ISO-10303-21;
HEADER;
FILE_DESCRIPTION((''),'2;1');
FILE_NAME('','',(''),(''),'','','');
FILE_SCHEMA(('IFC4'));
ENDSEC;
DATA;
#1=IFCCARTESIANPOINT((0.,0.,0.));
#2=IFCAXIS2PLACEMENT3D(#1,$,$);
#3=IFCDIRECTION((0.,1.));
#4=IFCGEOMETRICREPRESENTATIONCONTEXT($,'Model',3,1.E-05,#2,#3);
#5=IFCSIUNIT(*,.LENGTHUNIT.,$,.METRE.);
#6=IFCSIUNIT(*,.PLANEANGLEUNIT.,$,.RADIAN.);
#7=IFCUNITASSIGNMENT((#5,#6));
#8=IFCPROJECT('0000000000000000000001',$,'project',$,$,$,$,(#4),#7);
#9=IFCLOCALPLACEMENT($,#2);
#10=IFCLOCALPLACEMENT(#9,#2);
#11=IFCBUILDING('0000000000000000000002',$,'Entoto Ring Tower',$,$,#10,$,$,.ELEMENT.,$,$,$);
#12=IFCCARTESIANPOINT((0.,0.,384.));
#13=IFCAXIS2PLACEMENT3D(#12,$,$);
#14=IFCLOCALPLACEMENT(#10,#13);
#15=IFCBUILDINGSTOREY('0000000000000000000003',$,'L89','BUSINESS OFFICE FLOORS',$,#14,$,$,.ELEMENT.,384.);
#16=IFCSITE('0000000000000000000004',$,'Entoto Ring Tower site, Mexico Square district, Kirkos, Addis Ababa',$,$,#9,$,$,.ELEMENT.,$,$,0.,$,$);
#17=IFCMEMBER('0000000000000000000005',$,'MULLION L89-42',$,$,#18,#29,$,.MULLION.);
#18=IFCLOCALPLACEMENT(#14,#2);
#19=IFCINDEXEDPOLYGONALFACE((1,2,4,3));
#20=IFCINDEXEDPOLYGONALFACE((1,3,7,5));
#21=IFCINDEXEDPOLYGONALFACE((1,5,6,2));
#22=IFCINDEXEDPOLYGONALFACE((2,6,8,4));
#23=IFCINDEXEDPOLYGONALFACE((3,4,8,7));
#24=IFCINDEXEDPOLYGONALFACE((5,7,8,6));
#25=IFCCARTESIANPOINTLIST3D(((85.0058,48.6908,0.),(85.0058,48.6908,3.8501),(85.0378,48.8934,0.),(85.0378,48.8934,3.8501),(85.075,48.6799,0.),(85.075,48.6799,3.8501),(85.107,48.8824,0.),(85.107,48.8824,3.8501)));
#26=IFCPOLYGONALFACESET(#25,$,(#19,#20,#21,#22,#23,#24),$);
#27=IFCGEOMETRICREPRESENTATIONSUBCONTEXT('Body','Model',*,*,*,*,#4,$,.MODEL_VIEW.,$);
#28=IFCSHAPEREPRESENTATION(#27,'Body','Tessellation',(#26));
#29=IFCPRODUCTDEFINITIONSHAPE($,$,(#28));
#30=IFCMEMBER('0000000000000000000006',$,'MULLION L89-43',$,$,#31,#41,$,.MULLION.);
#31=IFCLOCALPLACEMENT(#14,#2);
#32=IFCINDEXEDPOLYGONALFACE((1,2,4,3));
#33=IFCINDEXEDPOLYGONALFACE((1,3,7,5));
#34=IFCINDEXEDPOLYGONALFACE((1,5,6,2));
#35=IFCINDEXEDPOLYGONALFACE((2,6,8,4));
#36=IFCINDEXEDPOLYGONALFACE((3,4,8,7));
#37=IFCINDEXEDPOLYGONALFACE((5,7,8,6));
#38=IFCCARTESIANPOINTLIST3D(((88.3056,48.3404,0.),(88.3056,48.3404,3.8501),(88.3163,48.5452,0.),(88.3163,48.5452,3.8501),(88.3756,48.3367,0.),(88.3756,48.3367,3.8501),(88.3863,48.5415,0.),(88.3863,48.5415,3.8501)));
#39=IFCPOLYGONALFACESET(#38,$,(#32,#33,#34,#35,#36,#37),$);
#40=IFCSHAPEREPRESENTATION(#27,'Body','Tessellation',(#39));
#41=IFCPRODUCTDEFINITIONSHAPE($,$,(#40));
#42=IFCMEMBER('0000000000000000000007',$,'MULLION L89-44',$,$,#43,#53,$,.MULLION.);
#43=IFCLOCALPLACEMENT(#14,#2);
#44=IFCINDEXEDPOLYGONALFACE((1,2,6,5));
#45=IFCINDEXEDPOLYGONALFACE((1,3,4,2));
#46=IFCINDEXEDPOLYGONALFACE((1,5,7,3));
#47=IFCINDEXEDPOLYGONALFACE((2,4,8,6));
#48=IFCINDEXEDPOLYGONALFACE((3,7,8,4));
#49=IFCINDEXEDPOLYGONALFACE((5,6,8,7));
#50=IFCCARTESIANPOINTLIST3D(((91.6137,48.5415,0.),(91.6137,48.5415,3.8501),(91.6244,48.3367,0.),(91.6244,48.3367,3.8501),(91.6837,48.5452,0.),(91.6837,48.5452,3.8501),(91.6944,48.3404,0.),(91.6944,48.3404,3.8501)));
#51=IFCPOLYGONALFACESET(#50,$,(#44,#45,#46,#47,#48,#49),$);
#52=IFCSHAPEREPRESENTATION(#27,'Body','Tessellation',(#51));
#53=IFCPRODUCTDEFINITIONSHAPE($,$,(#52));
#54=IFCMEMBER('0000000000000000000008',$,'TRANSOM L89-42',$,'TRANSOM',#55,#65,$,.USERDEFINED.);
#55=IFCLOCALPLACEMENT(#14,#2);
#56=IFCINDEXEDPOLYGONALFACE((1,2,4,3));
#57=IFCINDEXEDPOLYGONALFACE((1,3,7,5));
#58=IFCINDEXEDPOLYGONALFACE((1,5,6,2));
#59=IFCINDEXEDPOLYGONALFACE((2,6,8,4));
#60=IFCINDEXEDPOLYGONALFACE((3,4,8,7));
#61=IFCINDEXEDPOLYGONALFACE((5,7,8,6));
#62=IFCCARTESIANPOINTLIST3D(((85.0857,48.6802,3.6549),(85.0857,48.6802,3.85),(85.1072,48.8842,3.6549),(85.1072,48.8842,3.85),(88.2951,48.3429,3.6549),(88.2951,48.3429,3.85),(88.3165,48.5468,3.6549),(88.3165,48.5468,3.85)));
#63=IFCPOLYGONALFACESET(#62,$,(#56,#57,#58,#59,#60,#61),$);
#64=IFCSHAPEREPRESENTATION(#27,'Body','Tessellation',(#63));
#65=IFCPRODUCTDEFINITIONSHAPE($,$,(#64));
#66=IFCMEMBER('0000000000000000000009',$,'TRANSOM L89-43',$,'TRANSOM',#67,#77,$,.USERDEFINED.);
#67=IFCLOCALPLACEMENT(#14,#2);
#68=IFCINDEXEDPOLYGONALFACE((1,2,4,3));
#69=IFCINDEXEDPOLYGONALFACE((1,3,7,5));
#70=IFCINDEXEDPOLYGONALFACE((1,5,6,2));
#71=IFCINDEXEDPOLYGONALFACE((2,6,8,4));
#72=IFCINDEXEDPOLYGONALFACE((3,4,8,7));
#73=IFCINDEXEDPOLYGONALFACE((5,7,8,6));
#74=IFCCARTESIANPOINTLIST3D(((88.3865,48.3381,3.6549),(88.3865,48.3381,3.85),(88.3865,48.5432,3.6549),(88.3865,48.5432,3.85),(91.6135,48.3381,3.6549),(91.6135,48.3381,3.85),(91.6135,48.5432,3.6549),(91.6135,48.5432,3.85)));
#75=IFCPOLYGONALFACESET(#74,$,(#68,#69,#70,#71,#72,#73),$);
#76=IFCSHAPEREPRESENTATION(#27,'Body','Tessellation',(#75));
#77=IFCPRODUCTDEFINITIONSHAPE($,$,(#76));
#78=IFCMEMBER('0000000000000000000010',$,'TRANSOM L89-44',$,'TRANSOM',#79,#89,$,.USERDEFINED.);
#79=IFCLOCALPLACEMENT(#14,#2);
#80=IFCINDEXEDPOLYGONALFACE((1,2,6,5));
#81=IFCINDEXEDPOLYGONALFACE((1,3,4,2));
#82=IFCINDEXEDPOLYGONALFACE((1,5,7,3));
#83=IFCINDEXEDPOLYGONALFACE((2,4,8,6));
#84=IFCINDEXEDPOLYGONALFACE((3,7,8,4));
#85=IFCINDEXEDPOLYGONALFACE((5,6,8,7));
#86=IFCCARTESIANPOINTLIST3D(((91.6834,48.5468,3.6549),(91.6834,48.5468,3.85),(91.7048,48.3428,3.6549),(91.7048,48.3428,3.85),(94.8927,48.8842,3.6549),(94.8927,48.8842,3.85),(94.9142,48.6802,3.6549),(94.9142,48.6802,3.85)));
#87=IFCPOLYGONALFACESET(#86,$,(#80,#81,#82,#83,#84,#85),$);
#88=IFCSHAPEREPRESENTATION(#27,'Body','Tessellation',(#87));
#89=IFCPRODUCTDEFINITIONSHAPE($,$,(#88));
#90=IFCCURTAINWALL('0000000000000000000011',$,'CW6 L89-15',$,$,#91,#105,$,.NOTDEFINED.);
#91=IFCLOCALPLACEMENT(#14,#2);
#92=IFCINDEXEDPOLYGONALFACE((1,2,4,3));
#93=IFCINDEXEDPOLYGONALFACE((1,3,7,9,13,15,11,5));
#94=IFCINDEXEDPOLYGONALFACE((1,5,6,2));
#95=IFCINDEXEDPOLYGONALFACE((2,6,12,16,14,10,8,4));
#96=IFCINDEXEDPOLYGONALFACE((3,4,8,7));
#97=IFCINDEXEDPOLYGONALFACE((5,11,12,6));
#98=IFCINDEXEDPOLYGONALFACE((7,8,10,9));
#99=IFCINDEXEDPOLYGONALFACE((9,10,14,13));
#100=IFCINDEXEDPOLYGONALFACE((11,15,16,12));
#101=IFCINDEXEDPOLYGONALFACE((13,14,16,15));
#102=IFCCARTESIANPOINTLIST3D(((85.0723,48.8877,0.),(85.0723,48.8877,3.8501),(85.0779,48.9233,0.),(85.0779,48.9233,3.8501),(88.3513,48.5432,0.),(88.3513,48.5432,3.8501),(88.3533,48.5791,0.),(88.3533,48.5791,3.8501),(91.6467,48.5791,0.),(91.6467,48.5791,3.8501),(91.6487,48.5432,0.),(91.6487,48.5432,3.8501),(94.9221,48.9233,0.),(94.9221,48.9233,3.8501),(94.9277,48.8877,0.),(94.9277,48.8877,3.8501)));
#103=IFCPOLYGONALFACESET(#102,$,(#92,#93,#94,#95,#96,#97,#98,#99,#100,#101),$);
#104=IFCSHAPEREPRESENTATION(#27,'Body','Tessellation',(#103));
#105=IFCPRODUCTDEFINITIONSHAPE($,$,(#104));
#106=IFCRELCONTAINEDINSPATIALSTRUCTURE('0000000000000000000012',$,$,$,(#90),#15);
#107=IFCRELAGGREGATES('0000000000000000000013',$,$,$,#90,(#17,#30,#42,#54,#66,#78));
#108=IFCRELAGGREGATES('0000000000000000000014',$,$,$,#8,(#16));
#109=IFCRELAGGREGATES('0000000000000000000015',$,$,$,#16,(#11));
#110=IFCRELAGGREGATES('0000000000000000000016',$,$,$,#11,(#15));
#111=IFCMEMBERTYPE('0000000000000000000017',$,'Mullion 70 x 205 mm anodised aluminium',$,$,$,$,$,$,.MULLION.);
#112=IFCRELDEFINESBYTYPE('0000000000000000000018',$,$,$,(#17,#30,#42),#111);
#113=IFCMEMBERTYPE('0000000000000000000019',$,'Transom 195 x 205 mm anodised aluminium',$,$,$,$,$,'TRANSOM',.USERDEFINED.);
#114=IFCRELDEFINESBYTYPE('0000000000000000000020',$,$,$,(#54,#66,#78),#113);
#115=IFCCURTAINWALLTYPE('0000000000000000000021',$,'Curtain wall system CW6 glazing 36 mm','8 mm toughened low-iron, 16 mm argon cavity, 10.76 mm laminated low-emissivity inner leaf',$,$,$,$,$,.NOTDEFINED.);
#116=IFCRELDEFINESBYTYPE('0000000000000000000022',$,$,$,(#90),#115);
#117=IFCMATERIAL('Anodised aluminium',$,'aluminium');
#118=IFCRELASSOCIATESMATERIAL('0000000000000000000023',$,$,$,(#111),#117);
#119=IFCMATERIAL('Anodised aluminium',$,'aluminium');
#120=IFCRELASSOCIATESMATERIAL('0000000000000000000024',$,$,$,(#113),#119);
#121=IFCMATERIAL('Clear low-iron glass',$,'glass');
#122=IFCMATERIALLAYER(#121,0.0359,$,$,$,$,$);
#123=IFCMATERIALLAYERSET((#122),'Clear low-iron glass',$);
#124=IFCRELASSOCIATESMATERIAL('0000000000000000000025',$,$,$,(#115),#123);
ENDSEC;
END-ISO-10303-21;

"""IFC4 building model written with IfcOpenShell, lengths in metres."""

from ifc_helpers import new_model, si_unit, direction, frame, origin, origin_2d, place, context, subcontext, project, spatial, polyline, rectangle, outline, extrude, material, layer, layer_set, material_profile, profile_set, type_object, element, aggregate, save


model = new_model("IFC4")

# Units and contexts
model_context = context("Model", 3, precision=1e-05, world=origin(), true_north=direction((0.0, 1.0)))
body_context = subcontext(model_context, "Body", "Model", "MODEL_VIEW")
ifc_project = project(units=[si_unit("LENGTHUNIT", "METRE"), si_unit("PLANEANGLEUNIT", "RADIAN")], contexts=[model_context])

# Members
ifc_material_1 = material(Name="Anodised aluminium", Category="aluminium")
ifc_material_profile_1 = material_profile(ifc_material_1, rectangle(XDim=0.0701, YDim=0.2051, at=origin_2d()), Name="Mullion 70 x 205 mm anodised aluminium")
ifc_profile_set_1 = profile_set([ifc_material_profile_1], Name="Anodised aluminium")
member_type_1 = type_object("IfcMemberType", Name="Mullion 70 x 205 mm anodised aluminium", PredefinedType="MULLION", material=ifc_profile_set_1)
site_placement = place(None, origin())
building_placement = place(site_placement, origin())
storey_placement = place(building_placement, frame((0.0, 0.0, 384.0)))
member_1_placement = place(storey_placement, frame((85.0564, 48.7866, 0.0), z_axis=(0.0, 0.0, 1.0), x_axis=(0.987688, -0.156434, 0.0)))
member_1 = element("IfcMember", 1, at=member_1_placement, type_object=member_type_1, Name="MULLION L89-42", PredefinedType="MULLION", context=body_context, shape_type="SweptSolid", body=[
    extrude(rectangle(XDim=0.0701, YDim=0.2051, at=origin_2d()), origin(), (0.0, 0.0, 1.0), 3.8501),
])
member_2_placement = place(storey_placement, frame((88.3459, 48.4409, 0.0), z_axis=(0.0, 0.0, 1.0), x_axis=(0.99863, -0.052336, 0.0)))
member_2 = element("IfcMember", 2, at=member_2_placement, type_object=member_type_1, Name="MULLION L89-43", PredefinedType="MULLION", context=body_context, shape_type="SweptSolid", body=[
    extrude(rectangle(XDim=0.0701, YDim=0.2051, at=origin_2d()), origin(), (0.0, 0.0, 1.0), 3.8501),
])
member_3_placement = place(storey_placement, frame((91.6541, 48.4409, 0.0), z_axis=(0.0, 0.0, 1.0), x_axis=(0.99863, 0.052336, 0.0)))
member_3 = element("IfcMember", 3, at=member_3_placement, type_object=member_type_1, Name="MULLION L89-44", PredefinedType="MULLION", context=body_context, shape_type="SweptSolid", body=[
    extrude(rectangle(XDim=0.0701, YDim=0.2051, at=origin_2d()), origin(), (0.0, 0.0, 1.0), 3.8501),
])
ifc_material_2 = material(Name="Anodised aluminium", Category="aluminium")
ifc_material_profile_2 = material_profile(ifc_material_2, rectangle(XDim=0.2051, YDim=0.1951, at=origin_2d()), Name="Transom 195 x 205 mm anodised aluminium")
ifc_profile_set_2 = profile_set([ifc_material_profile_2], Name="Anodised aluminium")
member_type_2 = type_object("IfcMemberType", Name="Transom 195 x 205 mm anodised aluminium", ElementType="TRANSOM", PredefinedType="USERDEFINED", material=ifc_profile_set_2)
member_4_placement = place(storey_placement, frame((85.0964, 48.7822, 3.7524), z_axis=(0.99452, -0.104551, 0.0), x_axis=(0.104551, 0.99452, 0.0)))
member_4 = element("IfcMember", 4, at=member_4_placement, type_object=member_type_2, Name="TRANSOM L89-42", ObjectType="TRANSOM", PredefinedType="USERDEFINED", context=body_context, shape_type="SweptSolid", body=[
    extrude(rectangle(XDim=0.2051, YDim=0.1951, at=origin_2d()), origin(), (0.0, 0.0, 1.0), 3.2271),
])
member_5_placement = place(storey_placement, frame((88.3865, 48.4407, 3.7524), z_axis=(1.0, 0.0, 0.0), x_axis=(0.0, 1.0, 0.0)))
member_5 = element("IfcMember", 5, at=member_5_placement, type_object=member_type_2, Name="TRANSOM L89-43", ObjectType="TRANSOM", PredefinedType="USERDEFINED", context=body_context, shape_type="SweptSolid", body=[
    extrude(rectangle(XDim=0.2051, YDim=0.1951, at=origin_2d()), origin(), (0.0, 0.0, 1.0), 3.2271),
])
member_6_placement = place(storey_placement, frame((91.6941, 48.4448, 3.7524), z_axis=(0.99452, 0.104551, 0.0), x_axis=(-0.104551, 0.99452, 0.0)))
member_6 = element("IfcMember", 6, at=member_6_placement, type_object=member_type_2, Name="TRANSOM L89-44", ObjectType="TRANSOM", PredefinedType="USERDEFINED", context=body_context, shape_type="SweptSolid", body=[
    extrude(rectangle(XDim=0.2051, YDim=0.1951, at=origin_2d()), origin(), (0.0, 0.0, 1.0), 3.2271),
])

# Site, building, storey
site = spatial("IfcSite", under=ifc_project, at=site_placement, Name="Entoto Ring Tower site, Mexico Square district, Kirkos, Addis Ababa", CompositionType="ELEMENT", RefElevation=0.0)
building = spatial("IfcBuilding", under=site, at=building_placement, Name="Entoto Ring Tower", CompositionType="ELEMENT")
storey = spatial("IfcBuildingStorey", under=building, at=storey_placement, Name="L89", Description="BUSINESS OFFICE FLOORS", CompositionType="ELEMENT", Elevation=384.0)

# Curtain wall
ifc_material_3 = material(Name="Clear low-iron glass", Category="glass")
ifc_layer = layer(ifc_material_3, 0.0359)
ifc_layer_set = layer_set([ifc_layer], Name="Clear low-iron glass")
curtain_wall_type = type_object("IfcCurtainWallType", Name="Curtain wall system CW6 glazing 36 mm", Description="8 mm toughened low-iron, 16 mm argon cavity, 10.76 mm laminated low-emissivity inner leaf", PredefinedType="NOTDEFINED", material=ifc_layer_set)
curtain_wall_1_placement = place(storey_placement, origin())
curtain_wall_1 = element("IfcCurtainWall", 7, at=curtain_wall_1_placement, inside=storey, type_object=curtain_wall_type, Name="CW6 L89-15", PredefinedType="NOTDEFINED", context=body_context, shape_type="SweptSolid", body=[
    extrude(outline(polyline([(85.0723, 48.8877), (88.3513, 48.5432), (91.6487, 48.5432), (94.9277, 48.8877), (94.9221, 48.9233), (91.6467, 48.5791), (88.3533, 48.5791), (85.0779, 48.9233), (85.0723, 48.8877)])), origin(), (0.0, 0.0, 1.0), 3.8501),
])
aggregate(curtain_wall_1, [member_1, member_2, member_3, member_4, member_5, member_6])

save(model, "model.ifc")
